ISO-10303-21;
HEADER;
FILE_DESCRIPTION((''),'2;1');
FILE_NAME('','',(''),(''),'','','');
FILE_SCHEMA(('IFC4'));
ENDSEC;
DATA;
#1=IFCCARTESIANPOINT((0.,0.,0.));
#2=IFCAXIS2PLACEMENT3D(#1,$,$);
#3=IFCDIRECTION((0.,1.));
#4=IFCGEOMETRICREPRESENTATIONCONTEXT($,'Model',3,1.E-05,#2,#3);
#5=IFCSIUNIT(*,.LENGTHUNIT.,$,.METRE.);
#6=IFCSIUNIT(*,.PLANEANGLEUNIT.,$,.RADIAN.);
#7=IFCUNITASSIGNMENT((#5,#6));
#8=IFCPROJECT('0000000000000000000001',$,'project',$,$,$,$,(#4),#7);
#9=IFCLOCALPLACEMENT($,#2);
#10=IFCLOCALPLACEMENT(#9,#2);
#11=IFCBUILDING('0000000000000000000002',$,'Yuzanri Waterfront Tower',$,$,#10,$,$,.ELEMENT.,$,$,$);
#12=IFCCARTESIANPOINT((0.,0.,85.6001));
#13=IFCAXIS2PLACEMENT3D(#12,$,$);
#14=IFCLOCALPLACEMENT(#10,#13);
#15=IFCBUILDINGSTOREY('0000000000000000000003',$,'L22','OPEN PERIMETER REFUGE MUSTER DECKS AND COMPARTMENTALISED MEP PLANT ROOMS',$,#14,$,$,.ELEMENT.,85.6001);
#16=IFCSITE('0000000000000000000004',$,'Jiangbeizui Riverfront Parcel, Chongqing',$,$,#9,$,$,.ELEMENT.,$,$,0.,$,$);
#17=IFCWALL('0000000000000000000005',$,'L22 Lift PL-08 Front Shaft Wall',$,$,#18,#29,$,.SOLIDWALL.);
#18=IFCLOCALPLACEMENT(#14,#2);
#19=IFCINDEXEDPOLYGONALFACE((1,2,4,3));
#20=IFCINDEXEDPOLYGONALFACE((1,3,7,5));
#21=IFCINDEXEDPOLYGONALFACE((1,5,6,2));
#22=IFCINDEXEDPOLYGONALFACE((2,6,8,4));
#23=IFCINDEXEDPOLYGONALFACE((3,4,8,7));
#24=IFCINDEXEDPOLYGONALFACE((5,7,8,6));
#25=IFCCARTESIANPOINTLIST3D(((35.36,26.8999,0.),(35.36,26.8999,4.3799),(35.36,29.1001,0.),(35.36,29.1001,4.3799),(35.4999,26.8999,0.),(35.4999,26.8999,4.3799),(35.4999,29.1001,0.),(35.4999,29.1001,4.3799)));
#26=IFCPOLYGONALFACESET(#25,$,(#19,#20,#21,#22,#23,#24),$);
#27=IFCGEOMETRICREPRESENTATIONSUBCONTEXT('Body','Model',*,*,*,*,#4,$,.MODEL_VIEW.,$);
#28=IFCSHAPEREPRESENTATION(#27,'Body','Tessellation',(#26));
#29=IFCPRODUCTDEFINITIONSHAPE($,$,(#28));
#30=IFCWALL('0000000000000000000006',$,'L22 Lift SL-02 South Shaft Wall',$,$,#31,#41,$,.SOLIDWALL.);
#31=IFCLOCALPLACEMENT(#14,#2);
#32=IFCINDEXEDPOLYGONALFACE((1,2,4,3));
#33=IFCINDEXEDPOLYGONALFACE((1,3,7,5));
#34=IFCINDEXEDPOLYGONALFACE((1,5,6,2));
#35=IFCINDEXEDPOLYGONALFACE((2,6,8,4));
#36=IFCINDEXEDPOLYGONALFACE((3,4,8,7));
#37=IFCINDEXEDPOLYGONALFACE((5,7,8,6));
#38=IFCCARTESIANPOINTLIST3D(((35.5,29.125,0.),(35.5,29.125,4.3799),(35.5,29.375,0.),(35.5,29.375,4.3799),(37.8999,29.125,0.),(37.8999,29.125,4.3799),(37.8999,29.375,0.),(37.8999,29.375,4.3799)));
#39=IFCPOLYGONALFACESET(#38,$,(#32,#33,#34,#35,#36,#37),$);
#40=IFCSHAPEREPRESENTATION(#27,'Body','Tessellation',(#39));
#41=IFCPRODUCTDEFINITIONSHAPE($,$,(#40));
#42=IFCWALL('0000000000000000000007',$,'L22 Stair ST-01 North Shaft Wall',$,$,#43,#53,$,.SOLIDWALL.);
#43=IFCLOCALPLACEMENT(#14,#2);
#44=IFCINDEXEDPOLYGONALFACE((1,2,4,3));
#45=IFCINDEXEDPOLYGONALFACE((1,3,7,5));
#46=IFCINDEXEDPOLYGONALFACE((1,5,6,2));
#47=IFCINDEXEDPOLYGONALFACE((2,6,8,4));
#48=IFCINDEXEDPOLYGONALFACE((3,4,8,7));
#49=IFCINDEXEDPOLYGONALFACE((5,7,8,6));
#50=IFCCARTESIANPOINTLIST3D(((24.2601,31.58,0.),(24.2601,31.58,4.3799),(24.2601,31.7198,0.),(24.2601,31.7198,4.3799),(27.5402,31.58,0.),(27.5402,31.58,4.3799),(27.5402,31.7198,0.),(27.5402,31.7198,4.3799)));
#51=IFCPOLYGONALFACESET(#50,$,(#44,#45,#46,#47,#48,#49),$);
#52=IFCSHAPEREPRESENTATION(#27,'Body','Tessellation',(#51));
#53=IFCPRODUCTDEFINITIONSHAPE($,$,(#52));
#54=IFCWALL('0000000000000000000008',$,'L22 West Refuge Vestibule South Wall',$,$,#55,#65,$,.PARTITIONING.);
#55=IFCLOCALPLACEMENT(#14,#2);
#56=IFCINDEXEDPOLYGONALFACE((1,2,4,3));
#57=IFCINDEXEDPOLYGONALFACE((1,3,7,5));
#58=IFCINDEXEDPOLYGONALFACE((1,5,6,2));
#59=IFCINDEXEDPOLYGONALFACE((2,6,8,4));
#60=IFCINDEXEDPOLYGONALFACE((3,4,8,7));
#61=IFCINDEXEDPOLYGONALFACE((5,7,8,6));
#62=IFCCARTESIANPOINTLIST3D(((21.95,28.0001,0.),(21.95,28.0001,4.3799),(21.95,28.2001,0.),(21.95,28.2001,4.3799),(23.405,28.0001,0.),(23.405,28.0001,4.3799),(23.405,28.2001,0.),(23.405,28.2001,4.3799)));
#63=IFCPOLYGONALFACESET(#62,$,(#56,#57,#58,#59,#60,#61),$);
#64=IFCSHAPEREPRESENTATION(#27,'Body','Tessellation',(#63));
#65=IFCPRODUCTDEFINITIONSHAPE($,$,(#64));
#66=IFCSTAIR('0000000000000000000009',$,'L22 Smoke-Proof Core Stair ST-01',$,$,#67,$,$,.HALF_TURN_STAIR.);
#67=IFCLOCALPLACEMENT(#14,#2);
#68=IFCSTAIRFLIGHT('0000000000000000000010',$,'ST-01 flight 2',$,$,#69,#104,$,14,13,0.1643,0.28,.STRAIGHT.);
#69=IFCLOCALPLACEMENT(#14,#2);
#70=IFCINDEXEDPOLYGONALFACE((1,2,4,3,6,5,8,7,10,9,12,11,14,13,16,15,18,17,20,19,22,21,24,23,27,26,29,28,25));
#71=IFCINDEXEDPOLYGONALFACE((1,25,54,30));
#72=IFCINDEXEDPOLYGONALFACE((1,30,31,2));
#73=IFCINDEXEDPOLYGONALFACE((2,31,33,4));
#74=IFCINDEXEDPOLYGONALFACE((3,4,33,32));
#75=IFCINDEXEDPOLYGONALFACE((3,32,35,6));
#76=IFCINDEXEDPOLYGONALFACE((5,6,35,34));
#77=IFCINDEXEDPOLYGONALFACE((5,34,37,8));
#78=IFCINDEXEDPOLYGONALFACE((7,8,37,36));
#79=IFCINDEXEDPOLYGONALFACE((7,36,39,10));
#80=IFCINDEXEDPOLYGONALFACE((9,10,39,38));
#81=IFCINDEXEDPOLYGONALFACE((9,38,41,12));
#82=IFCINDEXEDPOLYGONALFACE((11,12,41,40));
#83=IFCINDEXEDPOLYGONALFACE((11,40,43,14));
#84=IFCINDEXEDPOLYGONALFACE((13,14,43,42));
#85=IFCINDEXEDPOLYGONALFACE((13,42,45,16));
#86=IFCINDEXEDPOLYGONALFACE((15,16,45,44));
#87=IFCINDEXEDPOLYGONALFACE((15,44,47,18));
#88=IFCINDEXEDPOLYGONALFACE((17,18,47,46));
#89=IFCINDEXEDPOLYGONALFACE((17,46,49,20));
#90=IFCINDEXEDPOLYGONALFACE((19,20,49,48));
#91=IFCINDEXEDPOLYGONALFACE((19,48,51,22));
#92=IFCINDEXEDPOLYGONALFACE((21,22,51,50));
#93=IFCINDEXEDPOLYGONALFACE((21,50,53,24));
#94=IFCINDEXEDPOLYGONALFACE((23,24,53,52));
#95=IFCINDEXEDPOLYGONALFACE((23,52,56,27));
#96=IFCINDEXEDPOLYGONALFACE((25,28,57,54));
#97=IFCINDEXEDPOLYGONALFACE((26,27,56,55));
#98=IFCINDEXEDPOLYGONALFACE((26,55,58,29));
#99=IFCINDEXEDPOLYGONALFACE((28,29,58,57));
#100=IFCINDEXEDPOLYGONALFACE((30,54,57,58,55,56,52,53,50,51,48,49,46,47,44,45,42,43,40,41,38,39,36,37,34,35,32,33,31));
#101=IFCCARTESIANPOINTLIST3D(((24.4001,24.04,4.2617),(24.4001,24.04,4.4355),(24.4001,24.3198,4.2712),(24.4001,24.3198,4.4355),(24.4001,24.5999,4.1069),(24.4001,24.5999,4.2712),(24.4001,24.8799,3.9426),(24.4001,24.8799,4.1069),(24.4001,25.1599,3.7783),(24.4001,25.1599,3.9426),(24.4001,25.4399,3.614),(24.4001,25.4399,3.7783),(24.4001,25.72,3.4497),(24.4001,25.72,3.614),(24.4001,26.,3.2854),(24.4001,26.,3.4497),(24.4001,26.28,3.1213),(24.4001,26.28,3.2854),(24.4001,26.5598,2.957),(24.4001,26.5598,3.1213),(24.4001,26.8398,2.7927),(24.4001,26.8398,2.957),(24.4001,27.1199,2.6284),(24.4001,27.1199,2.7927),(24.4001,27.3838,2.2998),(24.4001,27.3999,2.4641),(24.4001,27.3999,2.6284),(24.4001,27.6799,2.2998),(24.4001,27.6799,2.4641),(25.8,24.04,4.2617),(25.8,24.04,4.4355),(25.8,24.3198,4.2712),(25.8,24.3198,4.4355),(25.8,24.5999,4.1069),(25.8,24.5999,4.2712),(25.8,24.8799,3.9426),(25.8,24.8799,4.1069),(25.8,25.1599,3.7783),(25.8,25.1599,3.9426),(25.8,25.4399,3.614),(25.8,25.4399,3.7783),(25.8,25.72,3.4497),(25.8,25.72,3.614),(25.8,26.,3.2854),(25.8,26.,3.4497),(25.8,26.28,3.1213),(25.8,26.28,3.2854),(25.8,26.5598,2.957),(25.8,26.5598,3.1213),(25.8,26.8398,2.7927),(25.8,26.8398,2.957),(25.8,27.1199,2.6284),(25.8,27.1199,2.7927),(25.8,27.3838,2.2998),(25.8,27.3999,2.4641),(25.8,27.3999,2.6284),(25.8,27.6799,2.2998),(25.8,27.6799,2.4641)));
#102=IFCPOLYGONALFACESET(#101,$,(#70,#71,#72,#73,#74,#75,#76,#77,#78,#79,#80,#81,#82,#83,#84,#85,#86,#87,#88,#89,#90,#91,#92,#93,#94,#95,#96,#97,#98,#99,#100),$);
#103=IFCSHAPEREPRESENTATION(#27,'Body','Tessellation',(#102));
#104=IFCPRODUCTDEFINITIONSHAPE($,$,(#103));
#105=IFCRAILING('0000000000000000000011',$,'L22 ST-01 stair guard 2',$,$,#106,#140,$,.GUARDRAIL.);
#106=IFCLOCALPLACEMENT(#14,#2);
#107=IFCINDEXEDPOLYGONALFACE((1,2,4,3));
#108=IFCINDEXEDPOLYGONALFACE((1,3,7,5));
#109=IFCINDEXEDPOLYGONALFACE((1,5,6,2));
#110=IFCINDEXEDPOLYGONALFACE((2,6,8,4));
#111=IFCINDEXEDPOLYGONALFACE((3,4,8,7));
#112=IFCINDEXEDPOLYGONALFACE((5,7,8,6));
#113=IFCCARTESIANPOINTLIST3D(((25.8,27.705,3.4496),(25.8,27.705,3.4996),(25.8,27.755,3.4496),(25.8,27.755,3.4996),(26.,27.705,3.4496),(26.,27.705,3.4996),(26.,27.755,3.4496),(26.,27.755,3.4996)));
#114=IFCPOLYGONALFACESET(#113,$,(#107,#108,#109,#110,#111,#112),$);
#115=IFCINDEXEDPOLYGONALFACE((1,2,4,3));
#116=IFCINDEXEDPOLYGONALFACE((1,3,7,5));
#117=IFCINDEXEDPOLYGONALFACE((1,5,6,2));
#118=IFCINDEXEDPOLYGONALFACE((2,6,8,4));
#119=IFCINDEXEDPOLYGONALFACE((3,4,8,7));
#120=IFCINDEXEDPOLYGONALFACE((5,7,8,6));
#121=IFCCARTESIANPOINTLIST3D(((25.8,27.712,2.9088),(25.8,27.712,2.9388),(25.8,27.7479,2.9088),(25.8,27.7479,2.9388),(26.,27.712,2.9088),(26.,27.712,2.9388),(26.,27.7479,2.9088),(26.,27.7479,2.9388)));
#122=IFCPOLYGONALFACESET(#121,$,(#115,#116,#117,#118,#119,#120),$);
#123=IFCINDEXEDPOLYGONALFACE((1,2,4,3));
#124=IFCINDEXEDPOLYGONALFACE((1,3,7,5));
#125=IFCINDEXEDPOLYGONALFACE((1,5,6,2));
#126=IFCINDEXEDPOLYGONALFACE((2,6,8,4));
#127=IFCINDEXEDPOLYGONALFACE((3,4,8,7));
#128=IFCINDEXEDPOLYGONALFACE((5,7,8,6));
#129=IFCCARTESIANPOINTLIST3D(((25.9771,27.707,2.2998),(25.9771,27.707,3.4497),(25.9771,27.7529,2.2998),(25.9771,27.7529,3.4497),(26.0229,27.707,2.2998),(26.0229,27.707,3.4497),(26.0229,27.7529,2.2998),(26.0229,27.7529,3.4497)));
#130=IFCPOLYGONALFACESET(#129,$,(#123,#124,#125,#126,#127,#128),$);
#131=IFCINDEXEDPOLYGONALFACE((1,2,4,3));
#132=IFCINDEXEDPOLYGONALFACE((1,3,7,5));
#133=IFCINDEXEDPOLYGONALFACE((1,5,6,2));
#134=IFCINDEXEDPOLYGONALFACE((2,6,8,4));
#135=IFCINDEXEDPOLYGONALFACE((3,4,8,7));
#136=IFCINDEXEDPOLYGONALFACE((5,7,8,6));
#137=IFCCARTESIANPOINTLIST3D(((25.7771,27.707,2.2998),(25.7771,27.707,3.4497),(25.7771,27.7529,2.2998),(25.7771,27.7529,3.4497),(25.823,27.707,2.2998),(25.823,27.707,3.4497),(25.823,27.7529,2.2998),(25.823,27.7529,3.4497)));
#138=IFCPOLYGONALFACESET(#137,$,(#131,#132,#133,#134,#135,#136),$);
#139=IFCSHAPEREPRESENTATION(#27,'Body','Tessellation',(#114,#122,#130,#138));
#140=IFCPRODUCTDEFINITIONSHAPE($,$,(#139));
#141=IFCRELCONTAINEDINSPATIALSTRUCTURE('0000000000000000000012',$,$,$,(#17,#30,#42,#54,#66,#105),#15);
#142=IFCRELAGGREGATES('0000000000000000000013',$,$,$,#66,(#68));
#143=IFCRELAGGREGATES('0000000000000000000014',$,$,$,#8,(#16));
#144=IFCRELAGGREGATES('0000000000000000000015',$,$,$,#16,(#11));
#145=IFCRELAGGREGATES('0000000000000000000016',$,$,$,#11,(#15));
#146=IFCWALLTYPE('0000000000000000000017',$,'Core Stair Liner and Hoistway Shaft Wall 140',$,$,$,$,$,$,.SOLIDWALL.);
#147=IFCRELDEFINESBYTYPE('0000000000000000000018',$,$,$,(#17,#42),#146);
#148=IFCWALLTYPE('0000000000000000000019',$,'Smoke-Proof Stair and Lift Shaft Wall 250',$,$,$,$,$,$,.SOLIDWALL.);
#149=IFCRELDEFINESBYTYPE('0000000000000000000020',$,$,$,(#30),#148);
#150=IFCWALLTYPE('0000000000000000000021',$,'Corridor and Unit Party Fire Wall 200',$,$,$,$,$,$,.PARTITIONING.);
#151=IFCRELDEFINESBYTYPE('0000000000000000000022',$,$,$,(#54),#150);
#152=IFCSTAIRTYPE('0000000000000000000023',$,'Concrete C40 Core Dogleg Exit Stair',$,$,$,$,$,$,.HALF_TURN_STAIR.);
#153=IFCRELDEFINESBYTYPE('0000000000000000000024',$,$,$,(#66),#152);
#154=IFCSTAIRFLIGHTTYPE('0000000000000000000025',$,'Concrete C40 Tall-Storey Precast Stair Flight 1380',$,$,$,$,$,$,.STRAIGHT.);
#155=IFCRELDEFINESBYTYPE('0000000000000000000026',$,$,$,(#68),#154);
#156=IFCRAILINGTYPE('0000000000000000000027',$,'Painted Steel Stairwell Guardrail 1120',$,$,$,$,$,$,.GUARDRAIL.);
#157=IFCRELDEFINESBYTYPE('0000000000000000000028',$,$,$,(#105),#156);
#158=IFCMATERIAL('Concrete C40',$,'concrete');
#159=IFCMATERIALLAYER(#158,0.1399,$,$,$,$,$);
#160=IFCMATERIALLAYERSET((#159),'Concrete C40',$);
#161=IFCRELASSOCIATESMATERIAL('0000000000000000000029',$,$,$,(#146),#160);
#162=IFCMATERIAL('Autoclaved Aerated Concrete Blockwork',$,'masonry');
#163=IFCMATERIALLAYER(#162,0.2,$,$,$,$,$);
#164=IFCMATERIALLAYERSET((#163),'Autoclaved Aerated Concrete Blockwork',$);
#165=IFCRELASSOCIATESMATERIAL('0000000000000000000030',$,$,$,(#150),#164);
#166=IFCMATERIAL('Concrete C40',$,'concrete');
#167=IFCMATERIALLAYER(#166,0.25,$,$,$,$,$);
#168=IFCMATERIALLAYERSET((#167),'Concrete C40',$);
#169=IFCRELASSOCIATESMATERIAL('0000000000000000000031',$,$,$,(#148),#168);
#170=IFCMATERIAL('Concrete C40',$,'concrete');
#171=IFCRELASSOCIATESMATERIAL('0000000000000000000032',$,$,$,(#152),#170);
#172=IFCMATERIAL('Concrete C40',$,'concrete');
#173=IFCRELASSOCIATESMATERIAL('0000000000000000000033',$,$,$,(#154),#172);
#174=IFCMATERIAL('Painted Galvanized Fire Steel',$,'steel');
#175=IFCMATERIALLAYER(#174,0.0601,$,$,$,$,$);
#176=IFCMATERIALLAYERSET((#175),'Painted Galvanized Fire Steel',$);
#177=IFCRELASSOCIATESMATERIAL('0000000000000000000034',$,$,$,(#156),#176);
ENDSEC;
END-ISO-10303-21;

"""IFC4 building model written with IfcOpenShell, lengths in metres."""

from ifc_helpers import new_model, si_unit, direction, frame, frame_2d, origin, origin_2d, place, context, subcontext, project, spatial, polyline, rectangle, outline, extrude, source, transform, mapped, material, layer, layer_set, type_object, element, aggregate, save


model = new_model("IFC4")

# Units and contexts
model_context = context("Model", 3, precision=1e-05, world=origin(), true_north=direction((0.0, 1.0)))
body_context = subcontext(model_context, "Body", "Model", "MODEL_VIEW")
ifc_project = project(units=[si_unit("LENGTHUNIT", "METRE"), si_unit("PLANEANGLEUNIT", "RADIAN")], contexts=[model_context])

# Site, building, storey
site_placement = place(None, origin())
site = spatial("IfcSite", under=ifc_project, at=site_placement, Name="Jiangbeizui Riverfront Parcel, Chongqing", CompositionType="ELEMENT", RefElevation=0.0)
building_placement = place(site_placement, origin())
building = spatial("IfcBuilding", under=site, at=building_placement, Name="Yuzanri Waterfront Tower", CompositionType="ELEMENT")
storey_placement = place(building_placement, frame((0.0, 0.0, 85.6001)))
storey = spatial("IfcBuildingStorey", under=building, at=storey_placement, Name="L22", Description="OPEN PERIMETER REFUGE MUSTER DECKS AND COMPARTMENTALISED MEP PLANT ROOMS", CompositionType="ELEMENT", Elevation=85.6001)

# Shared definitions
ifc_material_1 = material(Name="Concrete C40", Category="concrete")
ifc_layer_1 = layer(ifc_material_1, 0.1399)
ifc_layer_set_1 = layer_set([ifc_layer_1], Name="Concrete C40")
wall_type_1 = type_object("IfcWallType", Name="Core Stair Liner and Hoistway Shaft Wall 140", PredefinedType="SOLIDWALL", material=ifc_layer_set_1)
ifc_material_2 = material(Name="Autoclaved Aerated Concrete Blockwork", Category="masonry")
ifc_layer_2 = layer(ifc_material_2, 0.2)
ifc_layer_set_2 = layer_set([ifc_layer_2], Name="Autoclaved Aerated Concrete Blockwork")
wall_type_2 = type_object("IfcWallType", Name="Corridor and Unit Party Fire Wall 200", PredefinedType="PARTITIONING", material=ifc_layer_set_2)

# Walls
ifc_material_3 = material(Name="Concrete C40", Category="concrete")
ifc_layer_3 = layer(ifc_material_3, 0.25)
ifc_layer_set_3 = layer_set([ifc_layer_3], Name="Concrete C40")
wall_type_3 = type_object("IfcWallType", Name="Smoke-Proof Stair and Lift Shaft Wall 250", PredefinedType="SOLIDWALL", material=ifc_layer_set_3)
shared_shape_1 = source(origin(), body_context, "Body", "SweptSolid", [
    extrude(rectangle(XDim=2.2002, YDim=0.1399, at=frame_2d((1.1001, 0.0))), origin(), (0.0, 0.0, 1.0), 4.3799),
])
wall_1_placement = place(storey_placement, frame((35.4299, 26.8999, 0.0), z_axis=(0.0, 0.0, 1.0), x_axis=(0.0, 1.0, 0.0)))
element("IfcWall", 1, at=wall_1_placement, inside=storey, type_object=wall_type_1, Name="L22 Lift PL-08 Front Shaft Wall", PredefinedType="SOLIDWALL", context=body_context, shape_type="MappedRepresentation", body=[
    mapped(shared_shape_1, transform((0.0, 0.0, 0.0), scale=1.0)),
])
shared_shape_2 = source(origin(), body_context, "Body", "SweptSolid", [
    extrude(rectangle(XDim=2.3999, YDim=0.25, at=frame_2d((1.2, 0.0))), origin(), (0.0, 0.0, 1.0), 4.3799),
])
wall_2_placement = place(storey_placement, frame((35.5, 29.25, 0.0), z_axis=(0.0, 0.0, 1.0), x_axis=(1.0, 0.0, 0.0)))
element("IfcWall", 2, at=wall_2_placement, inside=storey, type_object=wall_type_3, Name="L22 Lift SL-02 South Shaft Wall", PredefinedType="SOLIDWALL", context=body_context, shape_type="MappedRepresentation", body=[
    mapped(shared_shape_2, transform((0.0, 0.0, 0.0), scale=1.0)),
])
shared_shape_3 = source(origin(), body_context, "Body", "SweptSolid", [
    extrude(rectangle(XDim=3.28, YDim=0.1399, at=frame_2d((1.6401, 0.0))), origin(), (0.0, 0.0, 1.0), 4.3799),
])
wall_3_placement = place(storey_placement, frame((24.26, 31.6499, 0.0), z_axis=(0.0, 0.0, 1.0), x_axis=(1.0, 0.0, 0.0)))
element("IfcWall", 3, at=wall_3_placement, inside=storey, type_object=wall_type_1, Name="L22 Stair ST-01 North Shaft Wall", PredefinedType="SOLIDWALL", context=body_context, shape_type="MappedRepresentation", body=[
    mapped(shared_shape_3, transform((0.0, 0.0, 0.0), scale=1.0)),
])
shared_shape_4 = source(origin(), body_context, "Body", "SweptSolid", [
    extrude(rectangle(XDim=1.4551, YDim=0.2, at=frame_2d((0.7275, 0.0))), origin(), (0.0, 0.0, 1.0), 4.3799),
])
wall_4_placement = place(storey_placement, frame((21.95, 28.1001, 0.0), z_axis=(0.0, 0.0, 1.0), x_axis=(1.0, 0.0, 0.0)))
element("IfcWall", 4, at=wall_4_placement, inside=storey, type_object=wall_type_2, Name="L22 West Refuge Vestibule South Wall", PredefinedType="PARTITIONING", context=body_context, shape_type="MappedRepresentation", body=[
    mapped(shared_shape_4, transform((0.0, 0.0, 0.0), scale=1.0)),
])

# Stair, stair flight
ifc_material_4 = material(Name="Concrete C40", Category="concrete")
stair_type = type_object("IfcStairType", Name="Concrete C40 Core Dogleg Exit Stair", PredefinedType="HALF_TURN_STAIR", material=ifc_material_4)
stair_placement = place(storey_placement, origin())
stair = element("IfcStair", 5, at=stair_placement, inside=storey, type_object=stair_type, Name="L22 Smoke-Proof Core Stair ST-01", PredefinedType="HALF_TURN_STAIR")
ifc_material_5 = material(Name="Concrete C40", Category="concrete")
stair_flight_type = type_object("IfcStairFlightType", Name="Concrete C40 Tall-Storey Precast Stair Flight 1380", PredefinedType="STRAIGHT", material=ifc_material_5)
shared_shape_5 = source(origin(), body_context, "Body", "SweptSolid", [
    extrude(outline(polyline([(0.0, 0.0), (0.0, 0.1643), (0.28, 0.1643), (0.28, 0.3286), (0.5601, 0.3286), (0.5601, 0.4929), (0.8401, 0.4929), (0.8401, 0.6572), (1.1201, 0.6572), (1.1201, 0.8215), (1.3999, 0.8215), (1.3999, 0.9856), (1.6799, 0.9856), (1.6799, 1.1499), (1.96, 1.1499), (1.96, 1.3142), (2.24, 1.3142), (2.24, 1.4785), (2.52, 1.4785), (2.52, 1.6428), (2.8, 1.6428), (2.8, 1.8071), (3.0801, 1.8071), (3.0801, 1.9714), (3.3601, 1.9714), (3.3601, 2.1357), (3.6399, 2.1357), (3.6399, 2.3), (3.6399, 1.9619), (0.2961, 0.0), (0.0, 0.0)])), frame((0.0, 0.7, 0.0), z_axis=(0.0, -1.0, 0.0), x_axis=(1.0, 0.0, 0.0)), (0.0, 0.0, 1.0), 1.3999),
])
stair_flight_placement = place(storey_placement, frame((25.1001, 27.6799, 2.2998), z_axis=(0.0, 0.0, 1.0), x_axis=(0.0, -1.0, 0.0)))
stair_flight = element("IfcStairFlight", 6, at=stair_flight_placement, type_object=stair_flight_type, Name="ST-01 flight 2", NumberOfRisers=14, NumberOfTreads=13, PredefinedType="STRAIGHT", RiserHeight=0.1643, TreadLength=0.28, context=body_context, shape_type="MappedRepresentation", body=[
    mapped(shared_shape_5, transform((0.0, 0.0, 0.0), scale=1.0)),
])
aggregate(stair, [stair_flight])

# Railing
ifc_material_6 = material(Name="Painted Galvanized Fire Steel", Category="steel")
ifc_layer_4 = layer(ifc_material_6, 0.0601)
ifc_layer_set_4 = layer_set([ifc_layer_4], Name="Painted Galvanized Fire Steel")
railing_type_1 = type_object("IfcRailingType", Name="Painted Steel Stairwell Guardrail 1120", PredefinedType="GUARDRAIL", material=ifc_layer_set_4)
shared_shape_6 = source(origin(), body_context, "Body", "SweptSolid", [
    extrude(rectangle(XDim=0.05, YDim=0.05, at=origin_2d()), frame((0.0, 0.0, 1.1748), z_axis=(-1.0, 0.0, 0.0), x_axis=(0.0, -1.0, 0.0)), (0.0, 0.0, 1.0), 0.2),
    extrude(rectangle(XDim=0.0359, YDim=0.03, at=origin_2d()), frame((0.0, 0.0, 0.624), z_axis=(-1.0, 0.0, 0.0), x_axis=(0.0, -1.0, 0.0)), (0.0, 0.0, 1.0), 0.2),
    extrude(rectangle(XDim=0.0459, YDim=0.0459, at=origin_2d()), origin(), (0.0, 0.0, 1.0), 1.1499),
    extrude(rectangle(XDim=0.0459, YDim=0.0459, at=origin_2d()), frame((-0.2, 0.0, 0.0)), (0.0, 0.0, 1.0), 1.1499),
])
railing_1_placement = place(storey_placement, frame((26.0, 27.73, 2.2998)))
element("IfcRailing", 7, at=railing_1_placement, inside=storey, type_object=railing_type_1, Name="L22 ST-01 stair guard 2", PredefinedType="GUARDRAIL", context=body_context, shape_type="MappedRepresentation", body=[
    mapped(shared_shape_6, transform((0.0, 0.0, 0.0), scale=1.0)),
])

save(model, "model.ifc")
